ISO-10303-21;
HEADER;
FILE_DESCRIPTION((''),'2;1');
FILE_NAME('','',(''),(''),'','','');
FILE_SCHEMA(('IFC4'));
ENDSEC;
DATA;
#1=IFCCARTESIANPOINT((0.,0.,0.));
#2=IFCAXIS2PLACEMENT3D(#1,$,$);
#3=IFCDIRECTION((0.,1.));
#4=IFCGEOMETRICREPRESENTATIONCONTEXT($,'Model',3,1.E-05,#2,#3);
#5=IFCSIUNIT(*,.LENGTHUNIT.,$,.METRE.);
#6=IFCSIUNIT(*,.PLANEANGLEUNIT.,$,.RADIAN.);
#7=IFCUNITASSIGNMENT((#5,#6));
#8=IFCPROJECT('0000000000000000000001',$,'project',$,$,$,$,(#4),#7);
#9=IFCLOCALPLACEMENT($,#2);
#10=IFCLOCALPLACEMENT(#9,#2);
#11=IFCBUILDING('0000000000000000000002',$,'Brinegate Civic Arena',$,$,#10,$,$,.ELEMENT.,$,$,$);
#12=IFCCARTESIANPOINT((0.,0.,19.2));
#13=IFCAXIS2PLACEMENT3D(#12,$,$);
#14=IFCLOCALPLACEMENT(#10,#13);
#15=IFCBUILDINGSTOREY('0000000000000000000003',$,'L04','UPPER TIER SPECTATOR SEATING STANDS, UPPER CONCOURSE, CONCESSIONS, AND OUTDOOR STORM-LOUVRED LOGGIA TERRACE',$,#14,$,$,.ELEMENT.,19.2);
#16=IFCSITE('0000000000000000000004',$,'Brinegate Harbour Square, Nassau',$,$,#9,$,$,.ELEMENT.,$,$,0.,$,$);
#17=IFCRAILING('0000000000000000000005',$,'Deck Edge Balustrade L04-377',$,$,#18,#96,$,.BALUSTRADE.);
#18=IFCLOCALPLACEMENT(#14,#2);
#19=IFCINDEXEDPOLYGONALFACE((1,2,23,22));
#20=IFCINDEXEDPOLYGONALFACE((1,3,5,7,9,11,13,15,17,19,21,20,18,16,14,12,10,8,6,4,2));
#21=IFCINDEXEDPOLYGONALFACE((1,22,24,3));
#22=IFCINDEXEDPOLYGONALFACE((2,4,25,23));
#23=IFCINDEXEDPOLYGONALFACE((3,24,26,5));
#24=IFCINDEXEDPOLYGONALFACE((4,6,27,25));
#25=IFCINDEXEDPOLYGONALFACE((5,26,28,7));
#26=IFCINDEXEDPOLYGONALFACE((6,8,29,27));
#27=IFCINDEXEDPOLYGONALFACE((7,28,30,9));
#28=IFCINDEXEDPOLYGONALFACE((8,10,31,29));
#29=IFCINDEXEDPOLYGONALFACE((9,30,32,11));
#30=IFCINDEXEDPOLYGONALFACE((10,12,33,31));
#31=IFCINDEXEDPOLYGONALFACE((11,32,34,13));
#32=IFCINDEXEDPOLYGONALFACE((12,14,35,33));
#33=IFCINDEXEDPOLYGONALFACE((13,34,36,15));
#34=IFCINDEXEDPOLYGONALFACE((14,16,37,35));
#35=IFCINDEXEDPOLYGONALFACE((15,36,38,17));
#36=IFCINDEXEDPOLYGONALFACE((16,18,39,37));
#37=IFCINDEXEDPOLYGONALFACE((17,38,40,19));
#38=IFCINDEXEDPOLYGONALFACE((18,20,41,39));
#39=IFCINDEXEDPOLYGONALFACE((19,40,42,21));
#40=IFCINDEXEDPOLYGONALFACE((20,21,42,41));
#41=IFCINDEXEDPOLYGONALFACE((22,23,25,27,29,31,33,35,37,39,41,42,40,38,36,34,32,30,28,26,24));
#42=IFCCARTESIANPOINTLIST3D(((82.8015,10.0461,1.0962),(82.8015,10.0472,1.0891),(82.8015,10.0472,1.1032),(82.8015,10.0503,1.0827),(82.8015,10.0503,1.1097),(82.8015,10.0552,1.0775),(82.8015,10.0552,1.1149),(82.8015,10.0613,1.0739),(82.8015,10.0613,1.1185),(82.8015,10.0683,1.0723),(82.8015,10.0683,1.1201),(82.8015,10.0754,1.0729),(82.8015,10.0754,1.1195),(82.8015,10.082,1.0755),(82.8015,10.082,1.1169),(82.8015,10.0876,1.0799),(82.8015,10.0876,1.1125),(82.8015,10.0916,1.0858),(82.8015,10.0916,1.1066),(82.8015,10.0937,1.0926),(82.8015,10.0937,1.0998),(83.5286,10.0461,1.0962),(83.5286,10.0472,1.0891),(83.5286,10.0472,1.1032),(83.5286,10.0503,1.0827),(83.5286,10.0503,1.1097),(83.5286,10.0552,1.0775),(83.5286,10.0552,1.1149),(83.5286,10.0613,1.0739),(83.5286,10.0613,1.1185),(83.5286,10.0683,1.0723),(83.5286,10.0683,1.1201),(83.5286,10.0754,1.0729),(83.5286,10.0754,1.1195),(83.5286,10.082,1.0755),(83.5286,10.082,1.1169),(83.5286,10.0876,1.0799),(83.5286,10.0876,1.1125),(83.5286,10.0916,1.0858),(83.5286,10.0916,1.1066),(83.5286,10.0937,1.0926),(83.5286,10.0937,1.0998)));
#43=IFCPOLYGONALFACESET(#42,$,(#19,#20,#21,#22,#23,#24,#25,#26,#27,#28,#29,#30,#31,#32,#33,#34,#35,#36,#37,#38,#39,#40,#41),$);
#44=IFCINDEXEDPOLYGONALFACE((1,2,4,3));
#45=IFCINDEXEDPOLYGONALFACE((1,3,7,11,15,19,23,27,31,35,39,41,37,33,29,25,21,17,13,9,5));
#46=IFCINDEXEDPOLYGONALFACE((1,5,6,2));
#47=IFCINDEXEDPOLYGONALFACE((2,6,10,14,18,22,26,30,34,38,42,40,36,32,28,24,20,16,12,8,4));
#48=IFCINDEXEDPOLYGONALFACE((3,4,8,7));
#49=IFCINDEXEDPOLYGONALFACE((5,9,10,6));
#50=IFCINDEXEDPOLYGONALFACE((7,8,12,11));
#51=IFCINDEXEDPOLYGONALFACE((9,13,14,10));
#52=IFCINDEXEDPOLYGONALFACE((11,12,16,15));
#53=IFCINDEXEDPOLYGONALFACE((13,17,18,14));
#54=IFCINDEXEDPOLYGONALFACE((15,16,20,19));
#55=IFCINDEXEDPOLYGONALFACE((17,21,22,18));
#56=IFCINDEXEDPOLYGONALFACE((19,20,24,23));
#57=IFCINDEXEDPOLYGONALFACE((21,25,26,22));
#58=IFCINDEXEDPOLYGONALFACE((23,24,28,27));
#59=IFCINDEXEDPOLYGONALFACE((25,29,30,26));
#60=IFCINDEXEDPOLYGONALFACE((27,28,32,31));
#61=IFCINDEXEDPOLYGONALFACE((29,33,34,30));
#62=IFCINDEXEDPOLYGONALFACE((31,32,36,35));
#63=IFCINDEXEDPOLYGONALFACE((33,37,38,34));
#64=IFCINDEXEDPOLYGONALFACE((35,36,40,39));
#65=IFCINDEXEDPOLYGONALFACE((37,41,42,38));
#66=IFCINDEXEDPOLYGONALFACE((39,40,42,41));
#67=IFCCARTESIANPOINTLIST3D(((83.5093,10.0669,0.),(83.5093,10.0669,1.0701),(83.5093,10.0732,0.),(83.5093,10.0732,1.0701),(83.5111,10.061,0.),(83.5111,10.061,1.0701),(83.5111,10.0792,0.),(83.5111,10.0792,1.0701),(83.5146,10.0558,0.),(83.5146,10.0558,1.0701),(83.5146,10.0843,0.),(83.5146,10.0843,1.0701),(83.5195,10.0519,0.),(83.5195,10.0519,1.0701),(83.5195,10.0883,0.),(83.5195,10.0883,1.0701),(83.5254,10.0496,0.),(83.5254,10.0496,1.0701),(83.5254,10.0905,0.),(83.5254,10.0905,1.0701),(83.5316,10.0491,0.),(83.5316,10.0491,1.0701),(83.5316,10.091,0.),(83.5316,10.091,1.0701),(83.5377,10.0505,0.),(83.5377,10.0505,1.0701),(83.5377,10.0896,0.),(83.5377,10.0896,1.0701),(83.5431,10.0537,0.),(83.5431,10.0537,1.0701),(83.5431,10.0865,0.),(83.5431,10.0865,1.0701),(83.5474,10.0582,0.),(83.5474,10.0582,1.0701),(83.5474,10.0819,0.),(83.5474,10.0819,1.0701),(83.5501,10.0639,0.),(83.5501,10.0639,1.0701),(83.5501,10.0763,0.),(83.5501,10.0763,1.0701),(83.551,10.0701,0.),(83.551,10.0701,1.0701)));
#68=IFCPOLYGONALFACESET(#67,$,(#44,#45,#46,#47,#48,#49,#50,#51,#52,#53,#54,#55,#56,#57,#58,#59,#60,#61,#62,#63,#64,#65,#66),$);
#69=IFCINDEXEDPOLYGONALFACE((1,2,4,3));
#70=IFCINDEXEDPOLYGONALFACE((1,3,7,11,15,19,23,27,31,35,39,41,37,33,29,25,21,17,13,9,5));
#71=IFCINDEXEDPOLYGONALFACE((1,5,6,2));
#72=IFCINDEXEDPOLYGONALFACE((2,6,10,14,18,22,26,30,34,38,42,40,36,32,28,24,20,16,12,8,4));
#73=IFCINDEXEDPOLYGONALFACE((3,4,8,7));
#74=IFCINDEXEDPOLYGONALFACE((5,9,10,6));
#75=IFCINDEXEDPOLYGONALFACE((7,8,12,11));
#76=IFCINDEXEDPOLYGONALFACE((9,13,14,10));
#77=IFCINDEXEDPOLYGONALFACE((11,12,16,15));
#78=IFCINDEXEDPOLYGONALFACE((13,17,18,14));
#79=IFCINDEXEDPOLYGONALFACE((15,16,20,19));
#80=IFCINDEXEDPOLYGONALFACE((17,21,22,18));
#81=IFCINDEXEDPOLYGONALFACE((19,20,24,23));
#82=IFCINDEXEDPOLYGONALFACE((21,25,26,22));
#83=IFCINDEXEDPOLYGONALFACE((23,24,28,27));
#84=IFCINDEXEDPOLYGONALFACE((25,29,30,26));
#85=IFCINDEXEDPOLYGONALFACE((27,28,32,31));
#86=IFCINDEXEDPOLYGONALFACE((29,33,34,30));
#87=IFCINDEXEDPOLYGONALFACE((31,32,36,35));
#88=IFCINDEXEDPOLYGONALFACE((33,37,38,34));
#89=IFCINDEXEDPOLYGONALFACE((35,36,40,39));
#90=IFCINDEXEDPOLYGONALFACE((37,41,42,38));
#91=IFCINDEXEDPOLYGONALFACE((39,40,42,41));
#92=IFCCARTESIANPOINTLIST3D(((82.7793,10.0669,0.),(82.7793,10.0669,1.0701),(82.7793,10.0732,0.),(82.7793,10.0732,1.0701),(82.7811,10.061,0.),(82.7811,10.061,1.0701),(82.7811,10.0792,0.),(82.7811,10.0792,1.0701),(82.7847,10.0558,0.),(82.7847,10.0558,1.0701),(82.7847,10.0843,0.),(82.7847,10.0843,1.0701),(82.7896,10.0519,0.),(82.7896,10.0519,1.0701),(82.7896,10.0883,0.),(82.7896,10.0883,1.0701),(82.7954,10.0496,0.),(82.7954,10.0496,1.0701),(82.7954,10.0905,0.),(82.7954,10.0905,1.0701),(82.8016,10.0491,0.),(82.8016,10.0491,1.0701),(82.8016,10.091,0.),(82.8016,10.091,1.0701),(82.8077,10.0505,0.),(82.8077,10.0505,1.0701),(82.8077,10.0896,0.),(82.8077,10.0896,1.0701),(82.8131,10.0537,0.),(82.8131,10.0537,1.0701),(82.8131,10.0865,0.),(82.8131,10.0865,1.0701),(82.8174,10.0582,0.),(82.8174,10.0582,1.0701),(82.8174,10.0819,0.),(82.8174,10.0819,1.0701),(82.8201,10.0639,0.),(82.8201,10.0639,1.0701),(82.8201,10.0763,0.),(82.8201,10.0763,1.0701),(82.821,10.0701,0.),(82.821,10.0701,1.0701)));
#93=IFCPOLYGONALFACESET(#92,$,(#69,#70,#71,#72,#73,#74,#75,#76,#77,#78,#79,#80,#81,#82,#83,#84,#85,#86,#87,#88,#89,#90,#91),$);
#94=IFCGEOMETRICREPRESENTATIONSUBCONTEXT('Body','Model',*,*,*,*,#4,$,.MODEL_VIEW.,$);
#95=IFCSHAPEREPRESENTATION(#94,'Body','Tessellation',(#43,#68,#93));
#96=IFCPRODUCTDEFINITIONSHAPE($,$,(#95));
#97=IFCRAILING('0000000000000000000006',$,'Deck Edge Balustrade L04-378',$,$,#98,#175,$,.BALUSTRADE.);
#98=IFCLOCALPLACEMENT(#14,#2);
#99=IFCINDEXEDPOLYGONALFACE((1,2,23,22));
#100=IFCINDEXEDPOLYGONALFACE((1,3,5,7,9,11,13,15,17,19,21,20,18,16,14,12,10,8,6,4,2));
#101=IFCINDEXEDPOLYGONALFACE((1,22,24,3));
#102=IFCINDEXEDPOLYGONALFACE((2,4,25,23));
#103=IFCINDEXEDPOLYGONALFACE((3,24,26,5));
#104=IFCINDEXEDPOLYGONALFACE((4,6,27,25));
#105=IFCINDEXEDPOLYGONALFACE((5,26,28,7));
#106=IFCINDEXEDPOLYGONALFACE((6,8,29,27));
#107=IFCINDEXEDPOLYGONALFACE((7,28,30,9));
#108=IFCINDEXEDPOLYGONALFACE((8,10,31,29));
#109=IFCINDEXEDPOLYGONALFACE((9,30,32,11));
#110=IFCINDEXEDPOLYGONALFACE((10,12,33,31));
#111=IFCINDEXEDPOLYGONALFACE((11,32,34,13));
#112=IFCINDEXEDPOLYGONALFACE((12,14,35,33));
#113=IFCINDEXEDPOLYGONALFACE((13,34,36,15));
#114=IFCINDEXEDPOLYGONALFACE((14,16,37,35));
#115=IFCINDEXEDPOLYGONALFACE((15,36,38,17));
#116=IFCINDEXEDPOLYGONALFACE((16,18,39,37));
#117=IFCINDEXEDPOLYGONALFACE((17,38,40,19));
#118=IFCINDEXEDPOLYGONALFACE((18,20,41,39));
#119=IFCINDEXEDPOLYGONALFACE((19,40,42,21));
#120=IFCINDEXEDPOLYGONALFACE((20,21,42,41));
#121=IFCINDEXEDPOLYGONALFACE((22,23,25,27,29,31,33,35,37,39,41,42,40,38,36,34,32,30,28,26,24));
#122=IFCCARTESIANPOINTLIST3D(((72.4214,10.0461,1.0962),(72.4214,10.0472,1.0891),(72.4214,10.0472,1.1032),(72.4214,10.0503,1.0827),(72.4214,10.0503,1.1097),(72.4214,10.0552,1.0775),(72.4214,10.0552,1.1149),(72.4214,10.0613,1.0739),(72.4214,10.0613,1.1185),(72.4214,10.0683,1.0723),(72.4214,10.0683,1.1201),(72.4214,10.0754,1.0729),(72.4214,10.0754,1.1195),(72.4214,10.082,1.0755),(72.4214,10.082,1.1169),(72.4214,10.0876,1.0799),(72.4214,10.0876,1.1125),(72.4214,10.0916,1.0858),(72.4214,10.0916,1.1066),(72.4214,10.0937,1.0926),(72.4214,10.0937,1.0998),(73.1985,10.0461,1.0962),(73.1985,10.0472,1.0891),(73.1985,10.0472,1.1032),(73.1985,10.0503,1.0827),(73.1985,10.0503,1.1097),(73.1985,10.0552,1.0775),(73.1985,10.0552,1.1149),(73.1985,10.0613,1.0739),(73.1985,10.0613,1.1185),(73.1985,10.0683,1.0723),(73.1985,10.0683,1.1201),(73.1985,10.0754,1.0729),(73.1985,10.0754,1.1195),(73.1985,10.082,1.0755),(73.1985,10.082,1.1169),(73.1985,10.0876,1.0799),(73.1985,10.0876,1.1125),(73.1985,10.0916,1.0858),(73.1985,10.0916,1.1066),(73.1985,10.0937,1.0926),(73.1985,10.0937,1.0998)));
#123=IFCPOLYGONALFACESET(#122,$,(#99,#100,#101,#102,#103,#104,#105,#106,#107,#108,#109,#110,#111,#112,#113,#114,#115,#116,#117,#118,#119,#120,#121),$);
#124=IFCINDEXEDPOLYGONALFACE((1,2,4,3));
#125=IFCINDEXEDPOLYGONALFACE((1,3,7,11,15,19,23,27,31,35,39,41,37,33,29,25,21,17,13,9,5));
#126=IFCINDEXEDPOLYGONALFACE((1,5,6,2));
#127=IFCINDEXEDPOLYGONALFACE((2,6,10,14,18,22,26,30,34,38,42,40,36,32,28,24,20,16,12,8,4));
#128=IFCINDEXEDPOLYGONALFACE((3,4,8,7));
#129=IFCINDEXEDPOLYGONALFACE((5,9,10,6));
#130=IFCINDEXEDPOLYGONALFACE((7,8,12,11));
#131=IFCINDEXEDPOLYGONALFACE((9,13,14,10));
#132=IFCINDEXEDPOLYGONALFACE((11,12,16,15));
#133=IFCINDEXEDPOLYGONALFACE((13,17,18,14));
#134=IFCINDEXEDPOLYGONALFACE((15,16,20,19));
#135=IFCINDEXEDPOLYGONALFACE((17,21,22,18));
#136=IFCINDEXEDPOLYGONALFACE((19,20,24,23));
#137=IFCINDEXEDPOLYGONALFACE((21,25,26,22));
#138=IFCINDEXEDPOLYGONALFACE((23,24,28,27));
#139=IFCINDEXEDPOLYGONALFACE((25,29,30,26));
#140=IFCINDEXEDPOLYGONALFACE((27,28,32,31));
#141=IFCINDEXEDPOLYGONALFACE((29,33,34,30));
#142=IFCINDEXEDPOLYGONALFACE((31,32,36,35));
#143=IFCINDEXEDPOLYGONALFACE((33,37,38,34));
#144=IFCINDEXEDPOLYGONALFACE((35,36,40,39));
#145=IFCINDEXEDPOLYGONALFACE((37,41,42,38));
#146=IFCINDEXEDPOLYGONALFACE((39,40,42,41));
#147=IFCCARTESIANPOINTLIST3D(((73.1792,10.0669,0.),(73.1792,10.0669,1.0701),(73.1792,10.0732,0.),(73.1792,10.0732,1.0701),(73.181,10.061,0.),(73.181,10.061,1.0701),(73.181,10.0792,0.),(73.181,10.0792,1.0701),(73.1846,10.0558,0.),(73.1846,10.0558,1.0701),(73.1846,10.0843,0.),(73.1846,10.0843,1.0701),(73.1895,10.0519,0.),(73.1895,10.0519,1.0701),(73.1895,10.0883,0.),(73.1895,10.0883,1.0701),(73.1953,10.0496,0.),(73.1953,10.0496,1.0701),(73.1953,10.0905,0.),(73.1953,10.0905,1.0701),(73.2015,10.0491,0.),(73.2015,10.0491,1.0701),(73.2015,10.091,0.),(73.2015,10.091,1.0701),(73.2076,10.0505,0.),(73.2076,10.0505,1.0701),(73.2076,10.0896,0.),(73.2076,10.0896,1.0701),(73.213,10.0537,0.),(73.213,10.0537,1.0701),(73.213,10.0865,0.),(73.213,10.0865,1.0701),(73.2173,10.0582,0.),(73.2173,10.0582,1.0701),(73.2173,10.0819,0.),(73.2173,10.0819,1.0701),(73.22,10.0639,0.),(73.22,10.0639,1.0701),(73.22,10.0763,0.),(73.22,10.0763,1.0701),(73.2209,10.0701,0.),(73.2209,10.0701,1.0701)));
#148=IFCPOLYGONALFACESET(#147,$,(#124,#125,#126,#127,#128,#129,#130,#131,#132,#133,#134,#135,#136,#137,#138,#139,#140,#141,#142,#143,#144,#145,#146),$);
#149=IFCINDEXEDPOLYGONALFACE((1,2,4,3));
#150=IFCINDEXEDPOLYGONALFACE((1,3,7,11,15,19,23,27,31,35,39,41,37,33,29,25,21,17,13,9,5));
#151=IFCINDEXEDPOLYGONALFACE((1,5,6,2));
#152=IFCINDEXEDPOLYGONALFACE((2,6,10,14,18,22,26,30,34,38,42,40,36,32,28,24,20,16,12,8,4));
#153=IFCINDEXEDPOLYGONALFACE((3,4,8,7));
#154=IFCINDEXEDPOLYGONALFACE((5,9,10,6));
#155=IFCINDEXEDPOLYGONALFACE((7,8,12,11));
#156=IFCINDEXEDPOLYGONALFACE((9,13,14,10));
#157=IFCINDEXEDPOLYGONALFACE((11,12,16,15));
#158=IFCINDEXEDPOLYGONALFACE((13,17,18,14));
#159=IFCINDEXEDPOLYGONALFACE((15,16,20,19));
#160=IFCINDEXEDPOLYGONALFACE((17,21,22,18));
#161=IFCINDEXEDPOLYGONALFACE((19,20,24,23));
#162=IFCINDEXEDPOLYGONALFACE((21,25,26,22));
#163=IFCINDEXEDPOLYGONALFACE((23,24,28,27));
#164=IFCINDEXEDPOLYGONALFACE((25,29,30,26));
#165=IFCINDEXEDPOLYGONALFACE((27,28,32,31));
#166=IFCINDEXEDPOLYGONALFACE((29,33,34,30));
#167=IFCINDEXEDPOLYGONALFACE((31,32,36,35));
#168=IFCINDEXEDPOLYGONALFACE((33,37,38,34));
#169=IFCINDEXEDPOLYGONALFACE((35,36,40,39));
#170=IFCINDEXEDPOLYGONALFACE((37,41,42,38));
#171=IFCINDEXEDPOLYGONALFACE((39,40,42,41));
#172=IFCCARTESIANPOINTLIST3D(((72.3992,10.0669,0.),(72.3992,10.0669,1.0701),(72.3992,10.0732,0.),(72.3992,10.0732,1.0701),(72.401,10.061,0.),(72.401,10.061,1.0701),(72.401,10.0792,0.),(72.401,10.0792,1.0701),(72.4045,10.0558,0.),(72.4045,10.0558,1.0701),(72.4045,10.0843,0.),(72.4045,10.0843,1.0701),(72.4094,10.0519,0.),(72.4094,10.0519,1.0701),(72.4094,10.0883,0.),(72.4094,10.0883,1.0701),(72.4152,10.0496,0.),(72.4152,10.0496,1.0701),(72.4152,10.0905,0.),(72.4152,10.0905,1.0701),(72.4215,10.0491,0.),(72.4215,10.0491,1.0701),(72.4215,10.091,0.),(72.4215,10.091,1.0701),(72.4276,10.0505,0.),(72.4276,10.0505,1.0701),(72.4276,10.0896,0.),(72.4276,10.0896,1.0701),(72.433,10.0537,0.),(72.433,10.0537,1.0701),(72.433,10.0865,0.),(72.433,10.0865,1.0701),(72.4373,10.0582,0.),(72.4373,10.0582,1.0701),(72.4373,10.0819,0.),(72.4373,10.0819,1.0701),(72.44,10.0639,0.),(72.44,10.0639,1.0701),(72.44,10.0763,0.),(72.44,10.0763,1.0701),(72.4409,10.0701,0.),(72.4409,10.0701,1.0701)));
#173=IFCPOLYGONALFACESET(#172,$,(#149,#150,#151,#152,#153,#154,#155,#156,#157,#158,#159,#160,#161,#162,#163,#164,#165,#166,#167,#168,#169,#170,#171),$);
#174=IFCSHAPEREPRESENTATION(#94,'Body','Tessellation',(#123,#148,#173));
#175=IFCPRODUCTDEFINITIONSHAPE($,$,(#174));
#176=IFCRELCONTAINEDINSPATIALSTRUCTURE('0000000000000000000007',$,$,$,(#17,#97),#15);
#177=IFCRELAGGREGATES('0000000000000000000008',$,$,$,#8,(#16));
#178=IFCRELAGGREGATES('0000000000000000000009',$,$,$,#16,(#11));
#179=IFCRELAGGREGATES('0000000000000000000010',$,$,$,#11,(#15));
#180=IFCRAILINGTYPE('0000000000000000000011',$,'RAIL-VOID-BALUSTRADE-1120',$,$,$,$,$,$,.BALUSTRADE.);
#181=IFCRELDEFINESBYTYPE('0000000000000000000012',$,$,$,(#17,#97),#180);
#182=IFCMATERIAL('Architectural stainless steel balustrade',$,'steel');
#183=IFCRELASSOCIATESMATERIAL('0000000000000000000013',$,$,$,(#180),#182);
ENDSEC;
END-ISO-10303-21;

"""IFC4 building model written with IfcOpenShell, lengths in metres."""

from ifc_helpers import new_model, si_unit, direction, frame, origin, origin_2d, place, context, subcontext, project, spatial, circle, extrude, material, type_object, element, save


model = new_model("IFC4")

# Units and contexts
model_context = context("Model", 3, precision=1e-05, world=origin(), true_north=direction((0.0, 1.0)))
body_context = subcontext(model_context, "Body", "Model", "MODEL_VIEW")
ifc_project = project(units=[si_unit("LENGTHUNIT", "METRE"), si_unit("PLANEANGLEUNIT", "RADIAN")], contexts=[model_context])

# Site, building, storey
site_placement = place(None, origin())
site = spatial("IfcSite", under=ifc_project, at=site_placement, Name="Brinegate Harbour Square, Nassau", CompositionType="ELEMENT", RefElevation=0.0)
building_placement = place(site_placement, origin())
building = spatial("IfcBuilding", under=site, at=building_placement, Name="Brinegate Civic Arena", CompositionType="ELEMENT")
storey_placement = place(building_placement, frame((0.0, 0.0, 19.2)))
storey = spatial("IfcBuildingStorey", under=building, at=storey_placement, Name="L04", Description="UPPER TIER SPECTATOR SEATING STANDS, UPPER CONCOURSE, CONCESSIONS, AND OUTDOOR STORM-LOUVRED LOGGIA TERRACE", CompositionType="ELEMENT", Elevation=19.2)

# Railings
ifc_material_1 = material(Name="Architectural stainless steel balustrade", Category="steel")
railing_type_1 = type_object("IfcRailingType", Name="RAIL-VOID-BALUSTRADE-1120", PredefinedType="BALUSTRADE", material=ifc_material_1)
railing_1_placement = place(storey_placement, frame((83.53, 10.0701, 0.0)))
element("IfcRailing", 1, at=railing_1_placement, inside=storey, type_object=railing_type_1, Name="Deck Edge Balustrade L04-377", PredefinedType="BALUSTRADE", context=body_context, shape_type="SweptSolid", body=[
    extrude(circle(Radius=0.0239, at=origin_2d()), frame((-0.0015, 0.0, 1.0962), z_axis=(-1.0, 0.0, 0.0), x_axis=(0.0, -1.0, 0.0)), (0.0, 0.0, 1.0), 0.7271),
    extrude(circle(Radius=0.021, at=origin_2d()), origin(), (0.0, 0.0, 1.0), 1.0701),
    extrude(circle(Radius=0.021, at=origin_2d()), frame((-0.73, 0.0, 0.0)), (0.0, 0.0, 1.0), 1.0701),
])
for number, where, name in (
    (2, (73.2, 10.0701, 0.0), "Deck Edge Balustrade L04-378"),
):
    element("IfcRailing", number, at=place(storey_placement, frame(where)), inside=storey, type_object=railing_type_1, Name=name, PredefinedType="BALUSTRADE", context=body_context, shape_type="SweptSolid", body=[
        extrude(circle(Radius=0.0239, at=origin_2d()), frame((-0.0015, 0.0, 1.0962), z_axis=(-1.0, 0.0, 0.0), x_axis=(0.0, -1.0, 0.0)), (0.0, 0.0, 1.0), 0.7771),
        extrude(circle(Radius=0.021, at=origin_2d()), origin(), (0.0, 0.0, 1.0), 1.0701),
        extrude(circle(Radius=0.021, at=origin_2d()), frame((-0.78, 0.0, 0.0)), (0.0, 0.0, 1.0), 1.0701),
    ])

save(model, "model.ifc")
